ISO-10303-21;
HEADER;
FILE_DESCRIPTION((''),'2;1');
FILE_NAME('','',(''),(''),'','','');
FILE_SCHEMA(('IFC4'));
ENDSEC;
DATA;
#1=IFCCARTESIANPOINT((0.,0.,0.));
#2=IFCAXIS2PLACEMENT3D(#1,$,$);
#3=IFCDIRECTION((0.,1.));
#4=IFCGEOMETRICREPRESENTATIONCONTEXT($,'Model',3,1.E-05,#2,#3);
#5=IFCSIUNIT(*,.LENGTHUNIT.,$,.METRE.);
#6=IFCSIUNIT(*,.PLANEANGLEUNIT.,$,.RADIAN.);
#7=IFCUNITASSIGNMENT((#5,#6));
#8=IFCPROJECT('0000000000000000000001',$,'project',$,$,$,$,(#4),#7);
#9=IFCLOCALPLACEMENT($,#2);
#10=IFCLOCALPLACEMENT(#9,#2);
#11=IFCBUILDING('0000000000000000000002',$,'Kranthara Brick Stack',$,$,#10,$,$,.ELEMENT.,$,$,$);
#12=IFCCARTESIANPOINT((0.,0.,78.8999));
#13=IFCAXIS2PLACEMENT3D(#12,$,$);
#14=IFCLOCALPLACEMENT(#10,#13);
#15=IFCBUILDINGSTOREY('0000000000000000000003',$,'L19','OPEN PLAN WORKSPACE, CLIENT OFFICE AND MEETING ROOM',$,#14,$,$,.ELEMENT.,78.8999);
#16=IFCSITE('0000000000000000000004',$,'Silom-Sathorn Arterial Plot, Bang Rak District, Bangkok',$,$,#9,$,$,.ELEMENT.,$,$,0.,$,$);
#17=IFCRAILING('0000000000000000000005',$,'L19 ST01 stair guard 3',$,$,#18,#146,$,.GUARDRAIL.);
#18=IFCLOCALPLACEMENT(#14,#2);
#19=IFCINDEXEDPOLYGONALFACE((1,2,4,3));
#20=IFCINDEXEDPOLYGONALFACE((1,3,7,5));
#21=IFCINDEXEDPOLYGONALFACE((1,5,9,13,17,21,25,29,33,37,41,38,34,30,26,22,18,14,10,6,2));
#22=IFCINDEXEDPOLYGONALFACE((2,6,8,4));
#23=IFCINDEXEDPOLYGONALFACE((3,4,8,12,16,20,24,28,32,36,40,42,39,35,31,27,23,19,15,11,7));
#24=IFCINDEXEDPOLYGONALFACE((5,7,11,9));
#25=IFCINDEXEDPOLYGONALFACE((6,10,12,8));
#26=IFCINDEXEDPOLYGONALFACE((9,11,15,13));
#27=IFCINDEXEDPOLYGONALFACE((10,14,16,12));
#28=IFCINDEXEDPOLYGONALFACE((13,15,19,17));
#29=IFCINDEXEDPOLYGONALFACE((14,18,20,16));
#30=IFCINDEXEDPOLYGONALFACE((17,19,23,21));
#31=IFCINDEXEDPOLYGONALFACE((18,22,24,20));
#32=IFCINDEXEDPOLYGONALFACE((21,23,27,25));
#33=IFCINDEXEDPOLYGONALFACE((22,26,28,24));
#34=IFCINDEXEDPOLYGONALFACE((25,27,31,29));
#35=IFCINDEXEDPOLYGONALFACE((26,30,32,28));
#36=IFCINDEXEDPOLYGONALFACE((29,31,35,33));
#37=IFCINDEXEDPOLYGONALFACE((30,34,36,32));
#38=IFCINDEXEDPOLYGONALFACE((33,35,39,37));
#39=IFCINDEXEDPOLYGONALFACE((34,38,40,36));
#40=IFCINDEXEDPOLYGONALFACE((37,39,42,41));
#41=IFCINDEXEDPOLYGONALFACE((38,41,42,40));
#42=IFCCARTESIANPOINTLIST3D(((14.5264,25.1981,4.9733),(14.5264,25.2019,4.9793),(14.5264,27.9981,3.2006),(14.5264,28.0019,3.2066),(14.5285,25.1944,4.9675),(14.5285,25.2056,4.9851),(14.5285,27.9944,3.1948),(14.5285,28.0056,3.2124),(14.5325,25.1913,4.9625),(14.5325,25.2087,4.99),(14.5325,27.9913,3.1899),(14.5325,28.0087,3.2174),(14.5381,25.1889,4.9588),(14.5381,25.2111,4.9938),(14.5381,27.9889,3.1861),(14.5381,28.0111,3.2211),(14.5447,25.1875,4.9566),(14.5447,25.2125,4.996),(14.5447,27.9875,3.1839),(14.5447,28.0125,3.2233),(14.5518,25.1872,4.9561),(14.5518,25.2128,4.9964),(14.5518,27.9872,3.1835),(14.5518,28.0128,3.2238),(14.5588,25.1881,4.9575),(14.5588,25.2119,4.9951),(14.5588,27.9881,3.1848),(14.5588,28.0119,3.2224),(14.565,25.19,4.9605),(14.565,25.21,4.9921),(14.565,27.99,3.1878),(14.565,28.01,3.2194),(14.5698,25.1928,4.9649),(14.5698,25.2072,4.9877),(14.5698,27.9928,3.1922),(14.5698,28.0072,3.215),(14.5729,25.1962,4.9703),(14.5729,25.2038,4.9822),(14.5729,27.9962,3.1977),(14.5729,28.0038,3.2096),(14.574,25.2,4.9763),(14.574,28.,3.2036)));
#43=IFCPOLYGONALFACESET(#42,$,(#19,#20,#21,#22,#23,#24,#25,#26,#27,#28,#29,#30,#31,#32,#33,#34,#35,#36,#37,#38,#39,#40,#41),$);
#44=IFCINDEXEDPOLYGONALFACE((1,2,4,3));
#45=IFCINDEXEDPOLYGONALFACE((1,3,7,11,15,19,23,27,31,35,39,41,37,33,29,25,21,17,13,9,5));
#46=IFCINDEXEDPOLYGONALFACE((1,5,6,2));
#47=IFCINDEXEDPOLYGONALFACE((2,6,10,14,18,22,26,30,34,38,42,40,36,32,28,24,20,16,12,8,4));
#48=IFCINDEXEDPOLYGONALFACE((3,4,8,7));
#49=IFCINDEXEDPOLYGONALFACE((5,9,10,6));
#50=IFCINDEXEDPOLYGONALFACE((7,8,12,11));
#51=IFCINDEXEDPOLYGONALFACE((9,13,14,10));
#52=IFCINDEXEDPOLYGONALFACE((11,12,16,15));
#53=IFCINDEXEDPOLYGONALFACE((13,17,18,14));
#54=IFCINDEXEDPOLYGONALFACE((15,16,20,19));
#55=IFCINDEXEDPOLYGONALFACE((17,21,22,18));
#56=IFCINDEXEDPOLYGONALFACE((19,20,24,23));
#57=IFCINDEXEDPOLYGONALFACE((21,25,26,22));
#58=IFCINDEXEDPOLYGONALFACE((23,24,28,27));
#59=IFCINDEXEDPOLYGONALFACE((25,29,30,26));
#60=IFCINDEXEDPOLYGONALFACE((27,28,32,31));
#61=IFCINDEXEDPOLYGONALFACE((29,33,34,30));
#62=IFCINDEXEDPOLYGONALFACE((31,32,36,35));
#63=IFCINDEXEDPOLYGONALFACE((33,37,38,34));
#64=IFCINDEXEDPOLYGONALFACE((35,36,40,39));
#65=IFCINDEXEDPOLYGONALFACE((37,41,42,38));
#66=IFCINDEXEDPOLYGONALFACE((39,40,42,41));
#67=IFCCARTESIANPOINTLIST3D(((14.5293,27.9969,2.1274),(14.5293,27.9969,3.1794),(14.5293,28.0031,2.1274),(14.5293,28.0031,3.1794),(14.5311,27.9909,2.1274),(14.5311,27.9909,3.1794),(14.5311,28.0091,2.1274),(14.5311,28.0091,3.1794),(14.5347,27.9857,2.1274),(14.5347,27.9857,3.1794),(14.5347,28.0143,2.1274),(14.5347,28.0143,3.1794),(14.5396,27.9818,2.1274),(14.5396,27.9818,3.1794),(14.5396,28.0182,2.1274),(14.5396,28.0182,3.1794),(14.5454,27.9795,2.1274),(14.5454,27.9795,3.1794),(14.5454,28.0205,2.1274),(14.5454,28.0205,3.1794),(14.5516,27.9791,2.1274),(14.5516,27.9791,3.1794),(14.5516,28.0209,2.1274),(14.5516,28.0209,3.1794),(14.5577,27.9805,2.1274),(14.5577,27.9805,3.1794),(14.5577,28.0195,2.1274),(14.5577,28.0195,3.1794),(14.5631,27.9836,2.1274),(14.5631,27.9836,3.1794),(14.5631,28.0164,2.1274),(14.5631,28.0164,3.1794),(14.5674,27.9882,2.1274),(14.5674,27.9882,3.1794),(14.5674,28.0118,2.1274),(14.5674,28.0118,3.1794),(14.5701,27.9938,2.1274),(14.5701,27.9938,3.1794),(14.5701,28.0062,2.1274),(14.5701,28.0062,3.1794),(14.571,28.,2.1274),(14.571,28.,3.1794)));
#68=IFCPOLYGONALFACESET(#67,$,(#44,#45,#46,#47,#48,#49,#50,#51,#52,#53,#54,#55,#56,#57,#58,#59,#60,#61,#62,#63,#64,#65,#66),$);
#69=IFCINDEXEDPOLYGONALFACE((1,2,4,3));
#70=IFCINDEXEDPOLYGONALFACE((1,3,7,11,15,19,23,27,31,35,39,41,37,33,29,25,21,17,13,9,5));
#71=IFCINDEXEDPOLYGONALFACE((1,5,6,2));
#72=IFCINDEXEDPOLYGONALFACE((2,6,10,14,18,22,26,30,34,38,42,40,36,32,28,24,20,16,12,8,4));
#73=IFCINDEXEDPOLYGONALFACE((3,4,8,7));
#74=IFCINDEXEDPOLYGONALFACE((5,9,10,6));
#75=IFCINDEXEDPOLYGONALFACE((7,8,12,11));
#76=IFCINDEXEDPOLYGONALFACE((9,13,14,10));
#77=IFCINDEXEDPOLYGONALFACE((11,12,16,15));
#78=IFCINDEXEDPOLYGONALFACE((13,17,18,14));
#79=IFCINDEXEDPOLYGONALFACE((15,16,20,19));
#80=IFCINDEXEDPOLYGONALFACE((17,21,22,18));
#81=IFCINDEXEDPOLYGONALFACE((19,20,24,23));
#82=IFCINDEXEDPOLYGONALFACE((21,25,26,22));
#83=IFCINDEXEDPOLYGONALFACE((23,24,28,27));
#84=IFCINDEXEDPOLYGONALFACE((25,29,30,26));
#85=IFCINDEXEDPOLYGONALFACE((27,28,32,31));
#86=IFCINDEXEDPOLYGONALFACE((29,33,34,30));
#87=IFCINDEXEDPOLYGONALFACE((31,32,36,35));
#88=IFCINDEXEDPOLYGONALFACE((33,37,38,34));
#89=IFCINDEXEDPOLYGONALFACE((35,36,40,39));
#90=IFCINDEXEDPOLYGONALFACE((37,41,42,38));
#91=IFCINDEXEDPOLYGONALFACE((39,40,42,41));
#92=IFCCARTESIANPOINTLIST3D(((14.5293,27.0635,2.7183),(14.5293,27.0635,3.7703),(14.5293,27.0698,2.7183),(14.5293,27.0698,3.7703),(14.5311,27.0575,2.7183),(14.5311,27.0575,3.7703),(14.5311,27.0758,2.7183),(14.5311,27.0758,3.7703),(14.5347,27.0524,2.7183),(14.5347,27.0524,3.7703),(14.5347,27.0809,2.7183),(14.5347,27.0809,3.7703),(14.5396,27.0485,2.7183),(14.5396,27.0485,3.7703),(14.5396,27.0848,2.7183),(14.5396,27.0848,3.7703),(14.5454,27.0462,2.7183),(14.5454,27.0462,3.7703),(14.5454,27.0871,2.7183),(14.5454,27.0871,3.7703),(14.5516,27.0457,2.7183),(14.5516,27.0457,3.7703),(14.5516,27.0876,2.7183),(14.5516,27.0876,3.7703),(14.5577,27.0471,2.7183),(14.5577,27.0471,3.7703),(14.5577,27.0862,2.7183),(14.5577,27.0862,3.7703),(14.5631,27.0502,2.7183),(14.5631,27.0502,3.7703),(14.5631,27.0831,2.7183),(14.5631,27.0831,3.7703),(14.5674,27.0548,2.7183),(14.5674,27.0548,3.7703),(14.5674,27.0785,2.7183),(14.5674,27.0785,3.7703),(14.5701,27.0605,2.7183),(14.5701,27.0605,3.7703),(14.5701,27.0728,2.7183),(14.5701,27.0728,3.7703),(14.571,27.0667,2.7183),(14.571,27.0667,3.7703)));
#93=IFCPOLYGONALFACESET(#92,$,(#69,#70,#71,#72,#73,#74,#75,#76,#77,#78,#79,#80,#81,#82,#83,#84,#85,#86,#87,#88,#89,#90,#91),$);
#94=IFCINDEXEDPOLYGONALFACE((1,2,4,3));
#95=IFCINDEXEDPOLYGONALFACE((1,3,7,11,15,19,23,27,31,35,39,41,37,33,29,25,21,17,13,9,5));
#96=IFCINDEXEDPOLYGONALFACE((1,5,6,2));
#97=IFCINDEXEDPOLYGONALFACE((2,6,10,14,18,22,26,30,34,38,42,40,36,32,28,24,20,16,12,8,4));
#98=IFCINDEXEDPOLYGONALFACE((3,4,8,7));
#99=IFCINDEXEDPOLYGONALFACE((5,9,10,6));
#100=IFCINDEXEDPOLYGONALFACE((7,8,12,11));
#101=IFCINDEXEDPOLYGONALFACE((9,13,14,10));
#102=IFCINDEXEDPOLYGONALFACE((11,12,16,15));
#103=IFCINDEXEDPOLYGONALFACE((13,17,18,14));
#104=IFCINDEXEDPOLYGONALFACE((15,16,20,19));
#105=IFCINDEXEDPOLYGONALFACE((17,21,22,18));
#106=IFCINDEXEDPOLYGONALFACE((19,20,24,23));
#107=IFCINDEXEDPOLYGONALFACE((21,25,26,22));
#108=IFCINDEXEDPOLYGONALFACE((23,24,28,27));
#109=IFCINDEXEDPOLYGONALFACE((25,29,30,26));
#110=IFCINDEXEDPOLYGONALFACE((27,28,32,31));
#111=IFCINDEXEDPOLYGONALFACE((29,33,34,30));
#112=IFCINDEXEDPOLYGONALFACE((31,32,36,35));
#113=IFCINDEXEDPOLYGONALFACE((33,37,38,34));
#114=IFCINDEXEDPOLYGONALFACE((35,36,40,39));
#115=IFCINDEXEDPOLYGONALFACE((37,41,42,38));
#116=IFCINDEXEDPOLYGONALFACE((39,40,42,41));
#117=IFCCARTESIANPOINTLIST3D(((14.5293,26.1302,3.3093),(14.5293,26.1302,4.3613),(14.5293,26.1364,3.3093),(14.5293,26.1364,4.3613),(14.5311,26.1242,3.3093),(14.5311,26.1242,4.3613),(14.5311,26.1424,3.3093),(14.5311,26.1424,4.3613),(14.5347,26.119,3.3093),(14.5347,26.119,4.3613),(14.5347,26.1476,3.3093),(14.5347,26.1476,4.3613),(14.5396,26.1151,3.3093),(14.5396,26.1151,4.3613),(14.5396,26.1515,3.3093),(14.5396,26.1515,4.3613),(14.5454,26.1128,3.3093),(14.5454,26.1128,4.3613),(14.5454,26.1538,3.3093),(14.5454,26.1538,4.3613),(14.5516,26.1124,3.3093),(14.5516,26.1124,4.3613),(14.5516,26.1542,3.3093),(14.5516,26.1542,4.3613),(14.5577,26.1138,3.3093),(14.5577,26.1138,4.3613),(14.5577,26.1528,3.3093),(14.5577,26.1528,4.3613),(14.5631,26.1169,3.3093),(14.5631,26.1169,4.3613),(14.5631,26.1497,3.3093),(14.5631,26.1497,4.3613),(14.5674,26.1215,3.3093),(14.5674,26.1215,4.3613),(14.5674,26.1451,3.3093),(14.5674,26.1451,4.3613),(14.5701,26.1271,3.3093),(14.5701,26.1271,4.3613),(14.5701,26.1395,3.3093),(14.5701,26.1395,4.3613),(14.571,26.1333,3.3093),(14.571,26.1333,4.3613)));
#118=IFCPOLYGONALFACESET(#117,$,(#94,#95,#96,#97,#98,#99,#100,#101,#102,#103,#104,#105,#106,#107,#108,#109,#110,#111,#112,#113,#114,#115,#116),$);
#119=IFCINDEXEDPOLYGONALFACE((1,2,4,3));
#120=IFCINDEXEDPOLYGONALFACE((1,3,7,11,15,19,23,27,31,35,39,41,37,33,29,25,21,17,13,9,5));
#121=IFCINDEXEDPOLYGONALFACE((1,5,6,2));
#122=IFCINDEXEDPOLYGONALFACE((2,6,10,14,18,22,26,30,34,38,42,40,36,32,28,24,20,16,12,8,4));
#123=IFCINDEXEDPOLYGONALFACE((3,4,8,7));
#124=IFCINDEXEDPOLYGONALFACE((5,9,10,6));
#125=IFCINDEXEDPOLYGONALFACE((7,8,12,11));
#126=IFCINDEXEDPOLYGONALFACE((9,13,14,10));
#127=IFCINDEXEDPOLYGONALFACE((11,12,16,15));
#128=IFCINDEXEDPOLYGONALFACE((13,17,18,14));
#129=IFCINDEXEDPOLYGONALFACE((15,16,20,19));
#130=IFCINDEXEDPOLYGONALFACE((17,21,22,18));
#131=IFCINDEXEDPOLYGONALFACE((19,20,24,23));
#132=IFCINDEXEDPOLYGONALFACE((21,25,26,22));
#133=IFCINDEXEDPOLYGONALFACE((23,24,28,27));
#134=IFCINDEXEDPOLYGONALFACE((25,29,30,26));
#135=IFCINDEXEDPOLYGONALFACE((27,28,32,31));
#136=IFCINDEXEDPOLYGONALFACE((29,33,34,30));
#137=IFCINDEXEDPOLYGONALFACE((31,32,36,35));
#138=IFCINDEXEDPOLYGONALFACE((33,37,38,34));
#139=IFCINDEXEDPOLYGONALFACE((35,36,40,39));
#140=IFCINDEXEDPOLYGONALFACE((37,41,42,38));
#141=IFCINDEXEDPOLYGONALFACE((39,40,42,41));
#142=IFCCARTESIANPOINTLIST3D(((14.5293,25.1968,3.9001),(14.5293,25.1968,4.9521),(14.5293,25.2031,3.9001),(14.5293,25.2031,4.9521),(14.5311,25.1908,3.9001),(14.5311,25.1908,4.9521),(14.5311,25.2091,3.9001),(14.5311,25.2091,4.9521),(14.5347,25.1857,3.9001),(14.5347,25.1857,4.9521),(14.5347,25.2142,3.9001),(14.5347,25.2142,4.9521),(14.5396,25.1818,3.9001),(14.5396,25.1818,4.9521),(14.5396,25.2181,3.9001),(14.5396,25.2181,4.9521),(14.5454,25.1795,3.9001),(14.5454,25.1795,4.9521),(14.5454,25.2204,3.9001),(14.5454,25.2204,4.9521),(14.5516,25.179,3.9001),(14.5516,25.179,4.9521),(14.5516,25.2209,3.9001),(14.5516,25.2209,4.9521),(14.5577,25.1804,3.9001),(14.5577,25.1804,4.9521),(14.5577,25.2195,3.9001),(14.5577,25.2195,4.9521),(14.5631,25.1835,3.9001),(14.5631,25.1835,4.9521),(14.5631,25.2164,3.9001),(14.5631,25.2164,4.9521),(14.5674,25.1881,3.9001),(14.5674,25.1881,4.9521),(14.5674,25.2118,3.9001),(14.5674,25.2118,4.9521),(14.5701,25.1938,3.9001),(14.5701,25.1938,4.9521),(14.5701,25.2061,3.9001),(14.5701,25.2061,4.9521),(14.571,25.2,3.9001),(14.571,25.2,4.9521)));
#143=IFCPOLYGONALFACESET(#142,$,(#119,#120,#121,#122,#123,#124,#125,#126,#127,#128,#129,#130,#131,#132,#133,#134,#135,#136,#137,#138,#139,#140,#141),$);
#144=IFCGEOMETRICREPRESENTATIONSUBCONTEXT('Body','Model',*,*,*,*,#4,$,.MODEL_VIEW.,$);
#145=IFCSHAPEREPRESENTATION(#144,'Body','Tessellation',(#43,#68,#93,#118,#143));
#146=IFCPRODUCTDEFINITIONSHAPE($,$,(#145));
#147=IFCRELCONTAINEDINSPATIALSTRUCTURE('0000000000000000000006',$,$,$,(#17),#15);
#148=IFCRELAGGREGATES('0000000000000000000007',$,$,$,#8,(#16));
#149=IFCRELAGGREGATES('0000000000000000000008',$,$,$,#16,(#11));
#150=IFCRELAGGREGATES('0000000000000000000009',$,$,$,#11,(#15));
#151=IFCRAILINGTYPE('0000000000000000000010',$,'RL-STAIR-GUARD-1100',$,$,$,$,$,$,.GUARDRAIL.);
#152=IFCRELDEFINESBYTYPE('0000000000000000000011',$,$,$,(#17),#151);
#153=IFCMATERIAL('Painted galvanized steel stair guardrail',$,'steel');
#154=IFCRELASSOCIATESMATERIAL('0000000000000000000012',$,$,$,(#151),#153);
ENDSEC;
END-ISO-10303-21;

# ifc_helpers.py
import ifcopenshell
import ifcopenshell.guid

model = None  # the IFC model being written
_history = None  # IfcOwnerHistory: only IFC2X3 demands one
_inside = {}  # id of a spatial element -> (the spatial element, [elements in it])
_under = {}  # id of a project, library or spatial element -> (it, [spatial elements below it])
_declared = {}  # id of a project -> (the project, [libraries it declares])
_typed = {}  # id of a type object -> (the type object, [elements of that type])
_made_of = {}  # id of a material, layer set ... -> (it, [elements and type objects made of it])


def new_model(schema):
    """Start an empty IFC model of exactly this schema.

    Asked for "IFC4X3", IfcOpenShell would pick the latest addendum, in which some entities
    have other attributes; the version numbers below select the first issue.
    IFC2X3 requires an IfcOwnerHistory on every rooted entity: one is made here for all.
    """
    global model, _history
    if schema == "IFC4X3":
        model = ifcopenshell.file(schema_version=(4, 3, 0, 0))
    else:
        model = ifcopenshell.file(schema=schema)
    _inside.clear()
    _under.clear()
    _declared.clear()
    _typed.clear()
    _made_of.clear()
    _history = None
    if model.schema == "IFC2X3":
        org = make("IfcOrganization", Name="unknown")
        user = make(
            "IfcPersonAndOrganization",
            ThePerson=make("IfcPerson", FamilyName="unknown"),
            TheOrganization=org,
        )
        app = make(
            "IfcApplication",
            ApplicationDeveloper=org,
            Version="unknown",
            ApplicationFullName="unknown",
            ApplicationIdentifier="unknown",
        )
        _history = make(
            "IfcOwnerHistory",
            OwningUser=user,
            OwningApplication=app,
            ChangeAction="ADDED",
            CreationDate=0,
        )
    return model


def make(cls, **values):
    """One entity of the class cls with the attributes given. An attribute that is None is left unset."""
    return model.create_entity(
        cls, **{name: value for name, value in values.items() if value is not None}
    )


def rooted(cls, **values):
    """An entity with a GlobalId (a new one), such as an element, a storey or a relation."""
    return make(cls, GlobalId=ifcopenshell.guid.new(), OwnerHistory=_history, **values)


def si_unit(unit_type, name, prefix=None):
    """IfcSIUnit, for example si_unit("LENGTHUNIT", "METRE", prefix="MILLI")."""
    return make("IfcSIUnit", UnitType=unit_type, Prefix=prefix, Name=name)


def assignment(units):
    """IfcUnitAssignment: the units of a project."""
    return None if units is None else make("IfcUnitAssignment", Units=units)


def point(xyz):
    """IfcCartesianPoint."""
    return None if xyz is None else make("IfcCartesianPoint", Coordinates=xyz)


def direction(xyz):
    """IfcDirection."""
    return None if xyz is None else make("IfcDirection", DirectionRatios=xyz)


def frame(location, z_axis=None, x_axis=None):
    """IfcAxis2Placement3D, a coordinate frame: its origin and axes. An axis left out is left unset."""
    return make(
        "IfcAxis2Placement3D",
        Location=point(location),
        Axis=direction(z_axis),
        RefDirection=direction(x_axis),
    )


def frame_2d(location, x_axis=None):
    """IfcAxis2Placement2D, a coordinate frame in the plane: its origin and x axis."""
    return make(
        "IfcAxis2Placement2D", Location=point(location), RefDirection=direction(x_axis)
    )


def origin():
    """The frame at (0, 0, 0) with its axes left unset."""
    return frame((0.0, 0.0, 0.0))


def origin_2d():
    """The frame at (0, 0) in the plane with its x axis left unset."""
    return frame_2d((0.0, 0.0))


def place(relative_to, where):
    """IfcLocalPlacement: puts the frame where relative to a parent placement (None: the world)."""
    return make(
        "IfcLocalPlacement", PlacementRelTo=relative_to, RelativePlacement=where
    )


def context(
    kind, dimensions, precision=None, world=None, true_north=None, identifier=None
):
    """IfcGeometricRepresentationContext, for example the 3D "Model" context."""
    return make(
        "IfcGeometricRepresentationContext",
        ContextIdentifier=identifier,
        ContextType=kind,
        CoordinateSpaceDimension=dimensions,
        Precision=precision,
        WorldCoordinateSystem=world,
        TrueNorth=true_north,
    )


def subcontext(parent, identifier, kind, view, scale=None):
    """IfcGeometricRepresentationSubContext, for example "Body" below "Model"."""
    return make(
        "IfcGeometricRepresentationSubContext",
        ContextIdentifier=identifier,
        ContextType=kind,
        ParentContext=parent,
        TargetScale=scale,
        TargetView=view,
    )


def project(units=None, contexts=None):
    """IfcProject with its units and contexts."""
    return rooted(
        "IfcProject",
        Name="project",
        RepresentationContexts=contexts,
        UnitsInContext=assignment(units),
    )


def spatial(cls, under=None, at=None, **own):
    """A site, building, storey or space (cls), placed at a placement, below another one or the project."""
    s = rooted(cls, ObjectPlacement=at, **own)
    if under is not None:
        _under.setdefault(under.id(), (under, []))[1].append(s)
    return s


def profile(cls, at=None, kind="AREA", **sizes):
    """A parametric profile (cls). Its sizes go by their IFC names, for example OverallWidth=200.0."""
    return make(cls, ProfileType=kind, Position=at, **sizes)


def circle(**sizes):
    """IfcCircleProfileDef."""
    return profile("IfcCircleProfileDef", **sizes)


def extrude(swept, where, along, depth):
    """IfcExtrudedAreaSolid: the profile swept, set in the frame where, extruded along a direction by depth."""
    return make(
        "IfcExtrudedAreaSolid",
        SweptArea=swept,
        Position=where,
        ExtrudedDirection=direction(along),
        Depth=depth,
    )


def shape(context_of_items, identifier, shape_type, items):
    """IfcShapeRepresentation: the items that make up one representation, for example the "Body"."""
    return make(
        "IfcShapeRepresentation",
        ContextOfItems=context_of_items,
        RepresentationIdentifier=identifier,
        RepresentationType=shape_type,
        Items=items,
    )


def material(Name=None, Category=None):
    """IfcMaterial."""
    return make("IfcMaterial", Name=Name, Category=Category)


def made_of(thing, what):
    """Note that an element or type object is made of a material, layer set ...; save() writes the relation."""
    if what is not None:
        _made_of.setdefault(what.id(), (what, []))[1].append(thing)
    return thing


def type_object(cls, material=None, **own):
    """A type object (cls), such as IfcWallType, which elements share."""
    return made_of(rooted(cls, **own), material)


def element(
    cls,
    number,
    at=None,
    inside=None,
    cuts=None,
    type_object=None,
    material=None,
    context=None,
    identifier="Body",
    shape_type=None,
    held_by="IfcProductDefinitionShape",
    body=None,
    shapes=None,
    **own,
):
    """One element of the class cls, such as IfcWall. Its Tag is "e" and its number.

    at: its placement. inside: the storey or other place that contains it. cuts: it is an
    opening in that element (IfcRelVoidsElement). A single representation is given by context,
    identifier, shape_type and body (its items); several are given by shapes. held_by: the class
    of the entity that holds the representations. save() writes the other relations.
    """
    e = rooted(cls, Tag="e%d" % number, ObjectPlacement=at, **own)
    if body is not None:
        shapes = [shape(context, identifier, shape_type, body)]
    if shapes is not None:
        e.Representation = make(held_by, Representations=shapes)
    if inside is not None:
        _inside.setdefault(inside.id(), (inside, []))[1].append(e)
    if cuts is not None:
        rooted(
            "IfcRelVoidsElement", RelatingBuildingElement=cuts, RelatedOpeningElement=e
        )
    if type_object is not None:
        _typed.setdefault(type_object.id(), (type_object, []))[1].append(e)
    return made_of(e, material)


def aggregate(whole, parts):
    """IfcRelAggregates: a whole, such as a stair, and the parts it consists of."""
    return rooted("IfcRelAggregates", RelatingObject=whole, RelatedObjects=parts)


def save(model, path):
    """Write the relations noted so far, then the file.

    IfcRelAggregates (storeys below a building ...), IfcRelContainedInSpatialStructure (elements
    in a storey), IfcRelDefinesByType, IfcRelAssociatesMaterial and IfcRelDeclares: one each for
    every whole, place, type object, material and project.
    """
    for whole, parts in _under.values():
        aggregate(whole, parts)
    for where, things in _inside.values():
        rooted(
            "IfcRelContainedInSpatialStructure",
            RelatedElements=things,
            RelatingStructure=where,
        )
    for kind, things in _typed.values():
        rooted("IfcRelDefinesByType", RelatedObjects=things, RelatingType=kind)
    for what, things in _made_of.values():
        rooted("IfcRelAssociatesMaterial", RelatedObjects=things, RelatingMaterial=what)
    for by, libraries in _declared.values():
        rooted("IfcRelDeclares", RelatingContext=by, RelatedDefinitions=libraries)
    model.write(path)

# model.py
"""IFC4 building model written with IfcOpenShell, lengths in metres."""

from ifc_helpers import new_model, si_unit, direction, frame, origin, origin_2d, place, context, subcontext, project, spatial, circle, extrude, material, type_object, element, save


model = new_model("IFC4")

# Units and contexts
model_context = context("Model", 3, precision=1e-05, world=origin(), true_north=direction((0.0, 1.0)))
body_context = subcontext(model_context, "Body", "Model", "MODEL_VIEW")
ifc_project = project(units=[si_unit("LENGTHUNIT", "METRE"), si_unit("PLANEANGLEUNIT", "RADIAN")], contexts=[model_context])

# Site, building, storey
site_placement = place(None, origin())
site = spatial("IfcSite", under=ifc_project, at=site_placement, Name="Silom-Sathorn Arterial Plot, Bang Rak District, Bangkok", CompositionType="ELEMENT", RefElevation=0.0)
building_placement = place(site_placement, origin())
building = spatial("IfcBuilding", under=site, at=building_placement, Name="Kranthara Brick Stack", CompositionType="ELEMENT")
storey_placement = place(building_placement, frame((0.0, 0.0, 78.8999)))
storey = spatial("IfcBuildingStorey", under=building, at=storey_placement, Name="L19", Description="OPEN PLAN WORKSPACE, CLIENT OFFICE AND MEETING ROOM", CompositionType="ELEMENT", Elevation=78.8999)

# Railing
ifc_material_1 = material(Name="Painted galvanized steel stair guardrail", Category="steel")
railing_type_1 = type_object("IfcRailingType", Name="RL-STAIR-GUARD-1100", PredefinedType="GUARDRAIL", material=ifc_material_1)
railing_1_placement = place(storey_placement, frame((14.55, 28.0, 2.1274)))
element("IfcRailing", 1, at=railing_1_placement, inside=storey, type_object=railing_type_1, Name="L19 ST01 stair guard 3", PredefinedType="GUARDRAIL", context=body_context, shape_type="SweptSolid", body=[
    extrude(circle(Radius=0.0239, at=origin_2d()), frame((0.0, 0.0, 1.0762), z_axis=(0.0, -0.844909, 0.53491), x_axis=(1.0, 0.0, 0.0)), (0.0, 0.0, 1.0), 3.314),
    extrude(circle(Radius=0.021, at=origin_2d()), origin(), (0.0, 0.0, 1.0), 1.052),
    extrude(circle(Radius=0.021, at=origin_2d()), frame((0.0, -0.9333, 0.5908)), (0.0, 0.0, 1.0), 1.052),
    extrude(circle(Radius=0.021, at=origin_2d()), frame((0.0, -1.8667, 1.1819)), (0.0, 0.0, 1.0), 1.052),
    extrude(circle(Radius=0.021, at=origin_2d()), frame((0.0, -2.8, 1.7727)), (0.0, 0.0, 1.0), 1.052),
])

save(model, "model.ifc")
